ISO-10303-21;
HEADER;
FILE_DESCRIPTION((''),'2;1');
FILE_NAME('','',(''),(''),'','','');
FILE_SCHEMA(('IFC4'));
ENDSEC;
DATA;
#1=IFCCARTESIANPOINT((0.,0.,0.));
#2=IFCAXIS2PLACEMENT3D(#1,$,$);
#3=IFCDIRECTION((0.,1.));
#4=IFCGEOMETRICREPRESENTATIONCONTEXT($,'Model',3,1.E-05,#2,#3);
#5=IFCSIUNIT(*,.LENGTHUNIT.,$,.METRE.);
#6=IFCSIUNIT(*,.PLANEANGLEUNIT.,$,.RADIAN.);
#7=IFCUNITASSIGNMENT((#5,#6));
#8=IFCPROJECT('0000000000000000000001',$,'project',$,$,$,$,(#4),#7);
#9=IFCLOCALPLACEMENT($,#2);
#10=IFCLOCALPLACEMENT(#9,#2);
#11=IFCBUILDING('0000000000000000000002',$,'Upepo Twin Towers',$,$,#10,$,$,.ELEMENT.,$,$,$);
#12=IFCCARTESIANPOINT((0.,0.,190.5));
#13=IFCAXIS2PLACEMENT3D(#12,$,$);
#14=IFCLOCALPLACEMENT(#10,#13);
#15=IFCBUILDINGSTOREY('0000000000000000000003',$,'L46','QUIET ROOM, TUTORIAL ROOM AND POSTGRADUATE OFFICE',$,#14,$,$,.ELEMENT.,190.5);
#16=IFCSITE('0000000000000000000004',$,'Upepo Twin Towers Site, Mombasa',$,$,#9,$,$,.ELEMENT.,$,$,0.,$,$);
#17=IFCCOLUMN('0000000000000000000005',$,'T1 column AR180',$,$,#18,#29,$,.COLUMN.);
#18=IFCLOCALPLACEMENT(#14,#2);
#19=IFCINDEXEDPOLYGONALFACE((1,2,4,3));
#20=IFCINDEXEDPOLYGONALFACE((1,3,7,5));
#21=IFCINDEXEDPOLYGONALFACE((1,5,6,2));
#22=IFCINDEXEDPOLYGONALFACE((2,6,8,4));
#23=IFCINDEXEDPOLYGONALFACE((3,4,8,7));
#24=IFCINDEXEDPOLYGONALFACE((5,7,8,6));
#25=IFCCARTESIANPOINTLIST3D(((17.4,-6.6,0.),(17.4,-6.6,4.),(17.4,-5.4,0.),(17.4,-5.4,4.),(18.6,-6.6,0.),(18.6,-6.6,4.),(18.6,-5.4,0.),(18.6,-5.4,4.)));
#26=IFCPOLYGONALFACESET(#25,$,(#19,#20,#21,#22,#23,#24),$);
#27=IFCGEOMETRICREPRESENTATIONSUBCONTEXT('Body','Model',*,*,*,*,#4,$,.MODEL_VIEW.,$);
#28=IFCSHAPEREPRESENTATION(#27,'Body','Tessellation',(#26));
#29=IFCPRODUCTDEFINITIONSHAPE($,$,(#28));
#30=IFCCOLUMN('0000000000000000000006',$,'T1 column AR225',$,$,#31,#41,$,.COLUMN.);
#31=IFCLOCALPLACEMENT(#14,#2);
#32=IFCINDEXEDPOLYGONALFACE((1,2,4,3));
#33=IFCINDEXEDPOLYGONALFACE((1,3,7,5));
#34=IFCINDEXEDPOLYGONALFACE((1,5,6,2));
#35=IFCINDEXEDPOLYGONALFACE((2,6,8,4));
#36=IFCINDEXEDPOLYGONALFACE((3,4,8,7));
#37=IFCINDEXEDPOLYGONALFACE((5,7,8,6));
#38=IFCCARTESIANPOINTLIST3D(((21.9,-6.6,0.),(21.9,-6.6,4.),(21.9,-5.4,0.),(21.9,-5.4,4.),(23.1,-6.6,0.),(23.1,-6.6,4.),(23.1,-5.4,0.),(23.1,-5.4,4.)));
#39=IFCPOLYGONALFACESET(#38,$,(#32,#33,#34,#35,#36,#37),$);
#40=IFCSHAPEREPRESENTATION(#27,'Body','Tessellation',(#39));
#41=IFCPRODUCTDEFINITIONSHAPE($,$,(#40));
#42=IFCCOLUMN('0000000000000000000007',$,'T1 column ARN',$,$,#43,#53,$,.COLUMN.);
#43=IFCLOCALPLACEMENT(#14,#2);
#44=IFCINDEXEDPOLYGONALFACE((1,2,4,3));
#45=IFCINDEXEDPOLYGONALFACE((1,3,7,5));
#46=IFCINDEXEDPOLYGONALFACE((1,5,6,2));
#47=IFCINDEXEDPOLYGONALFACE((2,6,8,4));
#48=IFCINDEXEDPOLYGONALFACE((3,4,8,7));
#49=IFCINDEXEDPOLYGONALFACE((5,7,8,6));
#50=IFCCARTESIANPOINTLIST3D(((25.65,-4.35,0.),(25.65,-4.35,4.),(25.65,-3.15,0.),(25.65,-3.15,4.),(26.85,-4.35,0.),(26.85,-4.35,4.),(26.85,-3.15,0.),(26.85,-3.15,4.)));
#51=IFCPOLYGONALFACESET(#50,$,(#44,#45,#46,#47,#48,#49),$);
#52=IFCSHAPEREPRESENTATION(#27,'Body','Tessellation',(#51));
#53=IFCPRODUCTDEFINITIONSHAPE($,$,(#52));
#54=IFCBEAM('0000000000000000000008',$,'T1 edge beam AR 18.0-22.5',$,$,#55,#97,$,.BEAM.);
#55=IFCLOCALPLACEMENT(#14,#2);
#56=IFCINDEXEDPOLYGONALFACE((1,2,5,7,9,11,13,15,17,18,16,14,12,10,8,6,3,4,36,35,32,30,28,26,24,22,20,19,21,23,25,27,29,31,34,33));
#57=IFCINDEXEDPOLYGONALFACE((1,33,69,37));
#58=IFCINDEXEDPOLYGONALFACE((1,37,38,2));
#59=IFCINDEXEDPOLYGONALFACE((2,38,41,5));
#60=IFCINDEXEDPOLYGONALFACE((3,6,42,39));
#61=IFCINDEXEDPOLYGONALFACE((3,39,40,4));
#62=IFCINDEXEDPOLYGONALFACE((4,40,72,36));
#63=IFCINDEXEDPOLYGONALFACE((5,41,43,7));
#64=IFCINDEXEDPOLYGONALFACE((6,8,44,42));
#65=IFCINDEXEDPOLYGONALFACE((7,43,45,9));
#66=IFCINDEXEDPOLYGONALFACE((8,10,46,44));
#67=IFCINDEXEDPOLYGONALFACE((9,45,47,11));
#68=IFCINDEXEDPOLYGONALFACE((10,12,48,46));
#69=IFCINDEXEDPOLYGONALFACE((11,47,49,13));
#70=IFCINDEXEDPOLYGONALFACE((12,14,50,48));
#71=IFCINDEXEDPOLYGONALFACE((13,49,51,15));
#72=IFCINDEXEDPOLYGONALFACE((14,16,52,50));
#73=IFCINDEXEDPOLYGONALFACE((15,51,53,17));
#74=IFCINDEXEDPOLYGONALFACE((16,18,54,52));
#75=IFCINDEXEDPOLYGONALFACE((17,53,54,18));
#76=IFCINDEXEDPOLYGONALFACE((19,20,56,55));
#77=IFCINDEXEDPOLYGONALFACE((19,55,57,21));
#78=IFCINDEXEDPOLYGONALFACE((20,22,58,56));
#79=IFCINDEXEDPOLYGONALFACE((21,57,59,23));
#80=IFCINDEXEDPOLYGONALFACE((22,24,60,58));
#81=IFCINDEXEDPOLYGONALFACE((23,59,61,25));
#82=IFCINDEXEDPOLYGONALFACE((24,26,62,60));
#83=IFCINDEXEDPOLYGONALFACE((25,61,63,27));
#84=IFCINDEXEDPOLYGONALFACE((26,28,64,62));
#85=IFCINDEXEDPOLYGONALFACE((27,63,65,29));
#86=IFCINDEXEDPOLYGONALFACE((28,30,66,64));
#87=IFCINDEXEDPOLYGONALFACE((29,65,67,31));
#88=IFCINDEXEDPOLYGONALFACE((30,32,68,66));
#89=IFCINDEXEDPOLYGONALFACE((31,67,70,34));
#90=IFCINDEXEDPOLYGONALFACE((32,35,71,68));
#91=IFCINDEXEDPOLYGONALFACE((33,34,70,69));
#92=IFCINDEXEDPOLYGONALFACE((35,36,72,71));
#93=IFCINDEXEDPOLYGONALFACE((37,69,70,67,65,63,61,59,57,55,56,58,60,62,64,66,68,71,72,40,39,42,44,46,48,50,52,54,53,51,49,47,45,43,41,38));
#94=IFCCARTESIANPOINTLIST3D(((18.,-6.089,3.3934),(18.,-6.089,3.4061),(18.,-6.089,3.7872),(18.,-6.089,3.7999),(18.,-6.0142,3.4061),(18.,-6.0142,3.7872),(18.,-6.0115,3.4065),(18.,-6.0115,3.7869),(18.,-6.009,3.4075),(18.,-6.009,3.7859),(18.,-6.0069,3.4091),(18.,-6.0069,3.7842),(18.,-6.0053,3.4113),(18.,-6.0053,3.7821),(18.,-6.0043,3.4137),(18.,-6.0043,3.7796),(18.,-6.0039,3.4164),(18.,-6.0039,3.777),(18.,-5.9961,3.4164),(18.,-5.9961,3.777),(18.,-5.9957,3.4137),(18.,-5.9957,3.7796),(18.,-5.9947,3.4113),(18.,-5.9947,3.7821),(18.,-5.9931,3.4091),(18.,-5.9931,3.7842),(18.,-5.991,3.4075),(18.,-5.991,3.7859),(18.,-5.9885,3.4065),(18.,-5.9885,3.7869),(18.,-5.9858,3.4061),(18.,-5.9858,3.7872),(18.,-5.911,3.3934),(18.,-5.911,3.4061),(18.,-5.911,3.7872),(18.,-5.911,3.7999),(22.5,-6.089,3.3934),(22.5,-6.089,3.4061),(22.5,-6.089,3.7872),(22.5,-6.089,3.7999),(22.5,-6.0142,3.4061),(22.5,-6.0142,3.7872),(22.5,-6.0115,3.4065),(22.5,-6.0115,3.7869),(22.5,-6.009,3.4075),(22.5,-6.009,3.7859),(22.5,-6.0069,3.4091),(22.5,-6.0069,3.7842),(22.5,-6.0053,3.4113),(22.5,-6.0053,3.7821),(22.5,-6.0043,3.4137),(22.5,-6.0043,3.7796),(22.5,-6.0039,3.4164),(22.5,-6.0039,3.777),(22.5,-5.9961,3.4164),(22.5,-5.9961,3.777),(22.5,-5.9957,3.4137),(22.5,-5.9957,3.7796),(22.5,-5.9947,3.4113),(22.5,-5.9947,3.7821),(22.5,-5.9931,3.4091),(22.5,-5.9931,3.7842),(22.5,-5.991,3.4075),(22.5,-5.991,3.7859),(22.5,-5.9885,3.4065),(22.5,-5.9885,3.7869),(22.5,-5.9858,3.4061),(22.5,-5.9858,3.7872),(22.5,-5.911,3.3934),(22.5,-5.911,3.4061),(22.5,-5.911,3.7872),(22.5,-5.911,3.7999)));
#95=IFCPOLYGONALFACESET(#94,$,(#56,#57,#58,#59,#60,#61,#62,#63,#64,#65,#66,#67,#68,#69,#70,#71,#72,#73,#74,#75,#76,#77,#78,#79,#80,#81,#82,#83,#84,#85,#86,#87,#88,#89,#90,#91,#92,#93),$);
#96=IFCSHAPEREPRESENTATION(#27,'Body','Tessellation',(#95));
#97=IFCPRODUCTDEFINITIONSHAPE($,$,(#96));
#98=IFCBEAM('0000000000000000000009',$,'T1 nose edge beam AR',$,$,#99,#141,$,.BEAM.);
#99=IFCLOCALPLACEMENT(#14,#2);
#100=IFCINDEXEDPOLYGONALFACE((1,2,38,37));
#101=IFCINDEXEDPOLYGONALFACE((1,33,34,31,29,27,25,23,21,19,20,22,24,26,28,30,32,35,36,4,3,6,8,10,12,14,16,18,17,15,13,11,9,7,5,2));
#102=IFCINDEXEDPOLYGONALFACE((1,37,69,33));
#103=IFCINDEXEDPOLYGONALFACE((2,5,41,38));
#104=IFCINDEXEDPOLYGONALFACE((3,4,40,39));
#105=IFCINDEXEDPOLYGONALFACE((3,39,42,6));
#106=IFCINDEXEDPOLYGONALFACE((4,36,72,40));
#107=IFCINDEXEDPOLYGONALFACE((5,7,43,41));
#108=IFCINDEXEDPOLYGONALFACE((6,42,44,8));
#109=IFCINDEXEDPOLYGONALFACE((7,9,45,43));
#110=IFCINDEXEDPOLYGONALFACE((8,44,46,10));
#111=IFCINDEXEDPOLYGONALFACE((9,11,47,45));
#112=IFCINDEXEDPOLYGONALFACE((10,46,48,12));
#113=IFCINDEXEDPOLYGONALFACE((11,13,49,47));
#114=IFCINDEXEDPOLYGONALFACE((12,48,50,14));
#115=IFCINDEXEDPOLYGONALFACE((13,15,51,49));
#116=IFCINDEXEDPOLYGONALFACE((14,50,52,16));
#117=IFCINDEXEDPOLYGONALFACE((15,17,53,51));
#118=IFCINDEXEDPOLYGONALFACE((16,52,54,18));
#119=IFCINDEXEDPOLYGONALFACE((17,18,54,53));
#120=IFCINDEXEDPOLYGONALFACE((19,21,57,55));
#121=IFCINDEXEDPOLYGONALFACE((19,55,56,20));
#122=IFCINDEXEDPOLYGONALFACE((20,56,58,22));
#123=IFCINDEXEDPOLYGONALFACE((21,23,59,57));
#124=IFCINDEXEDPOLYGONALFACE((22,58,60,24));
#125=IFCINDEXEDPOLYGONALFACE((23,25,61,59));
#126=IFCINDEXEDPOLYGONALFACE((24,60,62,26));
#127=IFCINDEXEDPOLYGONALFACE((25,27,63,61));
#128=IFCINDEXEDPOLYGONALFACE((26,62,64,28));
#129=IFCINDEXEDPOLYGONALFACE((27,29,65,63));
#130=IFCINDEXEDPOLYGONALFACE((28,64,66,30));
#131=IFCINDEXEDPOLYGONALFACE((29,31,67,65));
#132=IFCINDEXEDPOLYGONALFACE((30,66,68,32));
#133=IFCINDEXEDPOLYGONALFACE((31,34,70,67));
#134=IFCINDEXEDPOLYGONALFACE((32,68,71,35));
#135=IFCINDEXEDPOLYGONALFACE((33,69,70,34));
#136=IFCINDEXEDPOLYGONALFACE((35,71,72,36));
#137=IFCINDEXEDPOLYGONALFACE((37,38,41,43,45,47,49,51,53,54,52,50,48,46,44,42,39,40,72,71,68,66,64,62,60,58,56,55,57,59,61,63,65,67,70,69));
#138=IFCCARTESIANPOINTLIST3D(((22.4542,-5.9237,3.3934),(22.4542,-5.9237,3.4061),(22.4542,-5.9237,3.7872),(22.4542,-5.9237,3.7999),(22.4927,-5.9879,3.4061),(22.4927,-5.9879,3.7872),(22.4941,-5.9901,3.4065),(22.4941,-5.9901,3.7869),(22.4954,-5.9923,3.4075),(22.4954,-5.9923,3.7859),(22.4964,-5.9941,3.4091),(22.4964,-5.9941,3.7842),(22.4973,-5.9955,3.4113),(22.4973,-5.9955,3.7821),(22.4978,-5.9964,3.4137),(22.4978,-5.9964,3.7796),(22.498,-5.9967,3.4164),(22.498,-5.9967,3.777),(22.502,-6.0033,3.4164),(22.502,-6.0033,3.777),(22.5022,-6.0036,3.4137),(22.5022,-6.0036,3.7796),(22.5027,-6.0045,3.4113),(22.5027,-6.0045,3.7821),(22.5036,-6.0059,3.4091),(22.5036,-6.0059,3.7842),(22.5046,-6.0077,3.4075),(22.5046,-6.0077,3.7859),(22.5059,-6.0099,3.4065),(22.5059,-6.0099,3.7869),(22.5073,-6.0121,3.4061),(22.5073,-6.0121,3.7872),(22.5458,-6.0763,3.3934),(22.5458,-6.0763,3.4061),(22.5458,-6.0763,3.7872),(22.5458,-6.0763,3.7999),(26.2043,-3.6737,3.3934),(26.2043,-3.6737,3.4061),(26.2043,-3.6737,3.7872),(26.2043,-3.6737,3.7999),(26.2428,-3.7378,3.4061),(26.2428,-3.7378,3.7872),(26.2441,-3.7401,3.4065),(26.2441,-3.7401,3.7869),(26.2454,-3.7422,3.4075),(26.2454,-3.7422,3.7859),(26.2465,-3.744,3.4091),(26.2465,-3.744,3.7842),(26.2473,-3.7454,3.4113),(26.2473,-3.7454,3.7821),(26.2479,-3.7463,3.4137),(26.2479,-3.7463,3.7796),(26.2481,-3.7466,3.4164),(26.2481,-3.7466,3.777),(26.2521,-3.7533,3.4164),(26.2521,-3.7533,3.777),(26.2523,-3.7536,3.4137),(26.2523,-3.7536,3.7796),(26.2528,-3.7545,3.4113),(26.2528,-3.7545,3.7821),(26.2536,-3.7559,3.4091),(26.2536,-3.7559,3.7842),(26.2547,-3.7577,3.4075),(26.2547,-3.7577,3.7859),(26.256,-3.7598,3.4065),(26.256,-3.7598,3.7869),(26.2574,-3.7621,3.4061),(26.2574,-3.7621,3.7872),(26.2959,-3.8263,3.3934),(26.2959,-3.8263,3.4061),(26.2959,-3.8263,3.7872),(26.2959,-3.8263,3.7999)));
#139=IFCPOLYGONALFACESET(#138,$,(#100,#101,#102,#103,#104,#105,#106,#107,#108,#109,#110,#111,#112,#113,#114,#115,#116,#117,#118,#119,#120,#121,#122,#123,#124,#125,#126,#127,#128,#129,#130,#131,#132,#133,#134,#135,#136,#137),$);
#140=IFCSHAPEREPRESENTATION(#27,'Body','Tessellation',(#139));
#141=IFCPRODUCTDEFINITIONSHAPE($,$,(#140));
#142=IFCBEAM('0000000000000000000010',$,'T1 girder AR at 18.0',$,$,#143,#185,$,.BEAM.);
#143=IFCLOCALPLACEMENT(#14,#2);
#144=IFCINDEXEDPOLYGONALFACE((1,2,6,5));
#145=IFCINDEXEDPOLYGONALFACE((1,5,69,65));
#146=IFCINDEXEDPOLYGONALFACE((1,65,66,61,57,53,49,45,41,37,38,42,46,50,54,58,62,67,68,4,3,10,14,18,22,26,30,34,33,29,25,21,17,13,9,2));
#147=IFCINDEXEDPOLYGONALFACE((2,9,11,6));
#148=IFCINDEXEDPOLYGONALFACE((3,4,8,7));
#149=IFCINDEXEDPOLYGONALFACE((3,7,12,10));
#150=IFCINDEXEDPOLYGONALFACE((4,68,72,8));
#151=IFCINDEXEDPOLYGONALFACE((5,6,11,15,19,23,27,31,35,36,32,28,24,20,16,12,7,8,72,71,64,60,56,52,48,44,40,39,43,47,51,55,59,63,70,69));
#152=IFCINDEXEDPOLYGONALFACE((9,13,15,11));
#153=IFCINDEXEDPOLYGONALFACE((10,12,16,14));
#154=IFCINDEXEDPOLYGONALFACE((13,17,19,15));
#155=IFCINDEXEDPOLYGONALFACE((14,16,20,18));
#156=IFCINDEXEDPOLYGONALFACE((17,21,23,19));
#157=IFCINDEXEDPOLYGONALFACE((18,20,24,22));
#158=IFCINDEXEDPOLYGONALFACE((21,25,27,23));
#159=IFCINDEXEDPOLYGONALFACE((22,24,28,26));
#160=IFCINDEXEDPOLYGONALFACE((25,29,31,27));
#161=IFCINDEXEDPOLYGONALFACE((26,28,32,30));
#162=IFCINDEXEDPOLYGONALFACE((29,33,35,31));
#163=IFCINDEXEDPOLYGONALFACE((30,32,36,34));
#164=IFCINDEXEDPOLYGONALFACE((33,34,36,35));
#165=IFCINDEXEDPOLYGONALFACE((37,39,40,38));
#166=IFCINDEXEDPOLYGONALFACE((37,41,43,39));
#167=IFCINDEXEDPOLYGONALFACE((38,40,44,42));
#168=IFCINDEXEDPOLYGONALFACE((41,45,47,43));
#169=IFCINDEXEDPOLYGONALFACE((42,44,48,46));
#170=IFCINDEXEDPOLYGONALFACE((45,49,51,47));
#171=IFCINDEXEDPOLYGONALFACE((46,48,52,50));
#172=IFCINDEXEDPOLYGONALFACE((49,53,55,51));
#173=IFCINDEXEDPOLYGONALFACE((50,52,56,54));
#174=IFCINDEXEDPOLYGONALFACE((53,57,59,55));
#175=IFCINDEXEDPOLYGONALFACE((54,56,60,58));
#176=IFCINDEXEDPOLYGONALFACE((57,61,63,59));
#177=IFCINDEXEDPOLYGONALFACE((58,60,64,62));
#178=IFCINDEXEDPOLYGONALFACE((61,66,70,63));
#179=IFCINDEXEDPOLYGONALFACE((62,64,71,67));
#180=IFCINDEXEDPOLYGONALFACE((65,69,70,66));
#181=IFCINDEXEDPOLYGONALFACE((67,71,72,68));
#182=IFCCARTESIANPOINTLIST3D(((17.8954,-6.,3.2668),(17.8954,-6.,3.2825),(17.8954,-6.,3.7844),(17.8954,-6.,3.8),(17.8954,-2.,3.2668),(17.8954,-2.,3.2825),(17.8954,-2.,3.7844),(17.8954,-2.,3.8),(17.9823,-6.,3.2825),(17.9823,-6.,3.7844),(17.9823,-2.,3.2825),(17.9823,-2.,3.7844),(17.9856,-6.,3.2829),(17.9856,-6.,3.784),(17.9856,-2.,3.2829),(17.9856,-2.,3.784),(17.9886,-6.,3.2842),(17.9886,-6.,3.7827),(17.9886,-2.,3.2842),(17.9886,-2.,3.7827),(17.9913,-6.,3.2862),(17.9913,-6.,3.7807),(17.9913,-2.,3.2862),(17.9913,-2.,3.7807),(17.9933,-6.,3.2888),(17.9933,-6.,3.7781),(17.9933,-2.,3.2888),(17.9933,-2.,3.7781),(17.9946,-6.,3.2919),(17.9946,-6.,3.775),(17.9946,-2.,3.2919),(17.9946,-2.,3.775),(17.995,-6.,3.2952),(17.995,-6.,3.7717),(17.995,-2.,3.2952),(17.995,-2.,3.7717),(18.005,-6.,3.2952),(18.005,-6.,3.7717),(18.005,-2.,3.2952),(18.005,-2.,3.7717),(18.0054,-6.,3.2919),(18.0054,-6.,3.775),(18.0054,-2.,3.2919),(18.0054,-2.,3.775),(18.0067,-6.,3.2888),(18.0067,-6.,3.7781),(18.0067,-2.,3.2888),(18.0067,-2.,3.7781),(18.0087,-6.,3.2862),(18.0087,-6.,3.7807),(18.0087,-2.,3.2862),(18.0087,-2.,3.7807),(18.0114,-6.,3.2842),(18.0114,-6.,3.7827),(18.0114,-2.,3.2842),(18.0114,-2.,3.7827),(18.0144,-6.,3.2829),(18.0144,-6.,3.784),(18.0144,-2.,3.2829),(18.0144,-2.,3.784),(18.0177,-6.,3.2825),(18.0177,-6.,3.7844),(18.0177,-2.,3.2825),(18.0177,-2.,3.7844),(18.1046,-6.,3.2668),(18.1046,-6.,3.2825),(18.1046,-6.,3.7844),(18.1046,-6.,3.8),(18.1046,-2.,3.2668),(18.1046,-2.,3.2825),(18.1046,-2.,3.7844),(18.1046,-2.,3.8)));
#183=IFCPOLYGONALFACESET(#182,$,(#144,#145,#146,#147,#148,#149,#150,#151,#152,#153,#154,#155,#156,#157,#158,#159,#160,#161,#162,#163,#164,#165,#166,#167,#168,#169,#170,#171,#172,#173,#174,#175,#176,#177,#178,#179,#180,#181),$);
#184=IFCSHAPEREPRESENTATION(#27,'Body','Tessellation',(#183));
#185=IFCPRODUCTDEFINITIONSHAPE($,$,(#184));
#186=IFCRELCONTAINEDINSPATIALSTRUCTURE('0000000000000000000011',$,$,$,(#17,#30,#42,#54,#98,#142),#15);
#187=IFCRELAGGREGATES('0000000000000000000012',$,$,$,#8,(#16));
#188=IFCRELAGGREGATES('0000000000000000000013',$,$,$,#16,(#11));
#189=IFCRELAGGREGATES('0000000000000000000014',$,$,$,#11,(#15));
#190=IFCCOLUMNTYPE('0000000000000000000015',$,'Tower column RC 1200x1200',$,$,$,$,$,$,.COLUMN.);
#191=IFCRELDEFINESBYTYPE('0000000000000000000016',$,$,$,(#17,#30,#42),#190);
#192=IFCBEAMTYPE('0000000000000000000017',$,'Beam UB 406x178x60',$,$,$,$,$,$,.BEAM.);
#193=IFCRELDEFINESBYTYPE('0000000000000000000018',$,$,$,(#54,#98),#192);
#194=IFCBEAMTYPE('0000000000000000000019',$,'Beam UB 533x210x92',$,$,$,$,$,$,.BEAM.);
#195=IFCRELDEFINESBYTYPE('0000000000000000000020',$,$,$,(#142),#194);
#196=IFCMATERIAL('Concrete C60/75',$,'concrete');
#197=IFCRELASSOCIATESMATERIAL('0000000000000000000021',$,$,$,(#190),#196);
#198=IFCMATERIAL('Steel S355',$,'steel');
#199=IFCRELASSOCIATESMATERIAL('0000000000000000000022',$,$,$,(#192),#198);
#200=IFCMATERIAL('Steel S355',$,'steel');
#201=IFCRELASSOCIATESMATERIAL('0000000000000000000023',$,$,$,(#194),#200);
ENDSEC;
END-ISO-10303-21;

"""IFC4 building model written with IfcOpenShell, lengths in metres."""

from ifc_helpers import new_model, si_unit, direction, frame, origin, origin_2d, place, context, subcontext, project, spatial, rectangle, i_section, extrude, material, material_profile, profile_set, type_object, element, save


model = new_model("IFC4")

# Units and contexts
model_context = context("Model", 3, precision=1e-05, world=origin(), true_north=direction((0.0, 1.0)))
body_context = subcontext(model_context, "Body", "Model", "MODEL_VIEW")
ifc_project = project(units=[si_unit("LENGTHUNIT", "METRE"), si_unit("PLANEANGLEUNIT", "RADIAN")], contexts=[model_context])

# Site, building, storey
site_placement = place(None, origin())
site = spatial("IfcSite", under=ifc_project, at=site_placement, Name="Upepo Twin Towers Site, Mombasa", CompositionType="ELEMENT", RefElevation=0.0)
building_placement = place(site_placement, origin())
building = spatial("IfcBuilding", under=site, at=building_placement, Name="Upepo Twin Towers", CompositionType="ELEMENT")
storey_placement = place(building_placement, frame((0.0, 0.0, 190.5)))
storey = spatial("IfcBuildingStorey", under=building, at=storey_placement, Name="L46", Description="QUIET ROOM, TUTORIAL ROOM AND POSTGRADUATE OFFICE", CompositionType="ELEMENT", Elevation=190.5)

# Columns
ifc_material_1 = material(Name="Concrete C60/75", Category="concrete")
ifc_material_profile_1 = material_profile(ifc_material_1, rectangle(XDim=1.2, YDim=1.2, at=origin_2d()), Name="RC 1200x1200")
ifc_profile_set_1 = profile_set([ifc_material_profile_1], Name="Concrete C60/75")
column_type = type_object("IfcColumnType", Name="Tower column RC 1200x1200", PredefinedType="COLUMN", material=ifc_profile_set_1)
for number, where, z_axis, x_axis, name in (
    (1, (18.0, -6.0, 0.0), (0.0, 0.0, 1.0), (1.0, 0.0, 0.0), "T1 column AR180"),
    (2, (22.5, -6.0, 0.0), (0.0, 0.0, 1.0), (1.0, 0.0, 0.0), "T1 column AR225"),
    (3, (26.25, -3.75, 0.0), (0.0, 0.0, 1.0), (1.0, 0.0, 0.0), "T1 column ARN"),
):
    element("IfcColumn", number, at=place(storey_placement, frame(where, z_axis=z_axis, x_axis=x_axis)), inside=storey, type_object=column_type, Name=name, PredefinedType="COLUMN", context=body_context, shape_type="SweptSolid", body=[
        extrude(rectangle(XDim=1.2, YDim=1.2, at=origin_2d()), origin(), (0.0, 0.0, 1.0), 4.0),
    ])

# Beams
ifc_material_2 = material(Name="Steel S355", Category="steel")
ifc_material_profile_2 = material_profile(ifc_material_2, i_section(OverallWidth=0.178, OverallDepth=0.4065, WebThickness=0.0078, FlangeThickness=0.0127, FilletRadius=0.0103, at=origin_2d()), Name="UB 406x178x60")
ifc_profile_set_2 = profile_set([ifc_material_profile_2], Name="Steel S355")
beam_type_1 = type_object("IfcBeamType", Name="Beam UB 406x178x60", PredefinedType="BEAM", material=ifc_profile_set_2)
beam_1_placement = place(storey_placement, frame((18.0, -6.0, 3.5967), z_axis=(1.0, 0.0, 0.0), x_axis=(0.0, 1.0, 0.0)))
element("IfcBeam", 4, at=beam_1_placement, inside=storey, type_object=beam_type_1, Name="T1 edge beam AR 18.0-22.5", PredefinedType="BEAM", context=body_context, shape_type="SweptSolid", body=[
    extrude(i_section(OverallWidth=0.178, OverallDepth=0.4065, WebThickness=0.0078, FlangeThickness=0.0127, FilletRadius=0.0103, at=origin_2d()), origin(), (0.0, 0.0, 1.0), 4.5),
])
beam_2_placement = place(storey_placement, frame((22.5, -6.0, 3.5967), z_axis=(0.857493, 0.514496, 0.0), x_axis=(-0.514496, 0.857493, 0.0)))
element("IfcBeam", 5, at=beam_2_placement, inside=storey, type_object=beam_type_1, Name="T1 nose edge beam AR", PredefinedType="BEAM", context=body_context, shape_type="SweptSolid", body=[
    extrude(i_section(OverallWidth=0.178, OverallDepth=0.4065, WebThickness=0.0078, FlangeThickness=0.0127, FilletRadius=0.0103, at=origin_2d()), origin(), (0.0, 0.0, 1.0), 4.3733),
])
ifc_material_3 = material(Name="Steel S355", Category="steel")
ifc_material_profile_3 = material_profile(ifc_material_3, i_section(OverallWidth=0.2092, OverallDepth=0.5332, WebThickness=0.01, FlangeThickness=0.0156, FilletRadius=0.0127, at=origin_2d()), Name="UB 533x210x92")
ifc_profile_set_3 = profile_set([ifc_material_profile_3], Name="Steel S355")
beam_type_2 = type_object("IfcBeamType", Name="Beam UB 533x210x92", PredefinedType="BEAM", material=ifc_profile_set_3)
for number, where, z_axis, x_axis, name in (
    (6, (18.0, -6.0, 3.5334), (0.0, 1.0, 0.0), (-1.0, 0.0, 0.0), "T1 girder AR at 18.0"),
):
    element("IfcBeam", number, at=place(storey_placement, frame(where, z_axis=z_axis, x_axis=x_axis)), inside=storey, type_object=beam_type_2, Name=name, PredefinedType="BEAM", context=body_context, shape_type="SweptSolid", body=[
        extrude(i_section(OverallWidth=0.2092, OverallDepth=0.5332, WebThickness=0.01, FlangeThickness=0.0156, FilletRadius=0.0127, at=origin_2d()), origin(), (0.0, 0.0, 1.0), 4.0),
    ])

save(model, "model.ifc")
